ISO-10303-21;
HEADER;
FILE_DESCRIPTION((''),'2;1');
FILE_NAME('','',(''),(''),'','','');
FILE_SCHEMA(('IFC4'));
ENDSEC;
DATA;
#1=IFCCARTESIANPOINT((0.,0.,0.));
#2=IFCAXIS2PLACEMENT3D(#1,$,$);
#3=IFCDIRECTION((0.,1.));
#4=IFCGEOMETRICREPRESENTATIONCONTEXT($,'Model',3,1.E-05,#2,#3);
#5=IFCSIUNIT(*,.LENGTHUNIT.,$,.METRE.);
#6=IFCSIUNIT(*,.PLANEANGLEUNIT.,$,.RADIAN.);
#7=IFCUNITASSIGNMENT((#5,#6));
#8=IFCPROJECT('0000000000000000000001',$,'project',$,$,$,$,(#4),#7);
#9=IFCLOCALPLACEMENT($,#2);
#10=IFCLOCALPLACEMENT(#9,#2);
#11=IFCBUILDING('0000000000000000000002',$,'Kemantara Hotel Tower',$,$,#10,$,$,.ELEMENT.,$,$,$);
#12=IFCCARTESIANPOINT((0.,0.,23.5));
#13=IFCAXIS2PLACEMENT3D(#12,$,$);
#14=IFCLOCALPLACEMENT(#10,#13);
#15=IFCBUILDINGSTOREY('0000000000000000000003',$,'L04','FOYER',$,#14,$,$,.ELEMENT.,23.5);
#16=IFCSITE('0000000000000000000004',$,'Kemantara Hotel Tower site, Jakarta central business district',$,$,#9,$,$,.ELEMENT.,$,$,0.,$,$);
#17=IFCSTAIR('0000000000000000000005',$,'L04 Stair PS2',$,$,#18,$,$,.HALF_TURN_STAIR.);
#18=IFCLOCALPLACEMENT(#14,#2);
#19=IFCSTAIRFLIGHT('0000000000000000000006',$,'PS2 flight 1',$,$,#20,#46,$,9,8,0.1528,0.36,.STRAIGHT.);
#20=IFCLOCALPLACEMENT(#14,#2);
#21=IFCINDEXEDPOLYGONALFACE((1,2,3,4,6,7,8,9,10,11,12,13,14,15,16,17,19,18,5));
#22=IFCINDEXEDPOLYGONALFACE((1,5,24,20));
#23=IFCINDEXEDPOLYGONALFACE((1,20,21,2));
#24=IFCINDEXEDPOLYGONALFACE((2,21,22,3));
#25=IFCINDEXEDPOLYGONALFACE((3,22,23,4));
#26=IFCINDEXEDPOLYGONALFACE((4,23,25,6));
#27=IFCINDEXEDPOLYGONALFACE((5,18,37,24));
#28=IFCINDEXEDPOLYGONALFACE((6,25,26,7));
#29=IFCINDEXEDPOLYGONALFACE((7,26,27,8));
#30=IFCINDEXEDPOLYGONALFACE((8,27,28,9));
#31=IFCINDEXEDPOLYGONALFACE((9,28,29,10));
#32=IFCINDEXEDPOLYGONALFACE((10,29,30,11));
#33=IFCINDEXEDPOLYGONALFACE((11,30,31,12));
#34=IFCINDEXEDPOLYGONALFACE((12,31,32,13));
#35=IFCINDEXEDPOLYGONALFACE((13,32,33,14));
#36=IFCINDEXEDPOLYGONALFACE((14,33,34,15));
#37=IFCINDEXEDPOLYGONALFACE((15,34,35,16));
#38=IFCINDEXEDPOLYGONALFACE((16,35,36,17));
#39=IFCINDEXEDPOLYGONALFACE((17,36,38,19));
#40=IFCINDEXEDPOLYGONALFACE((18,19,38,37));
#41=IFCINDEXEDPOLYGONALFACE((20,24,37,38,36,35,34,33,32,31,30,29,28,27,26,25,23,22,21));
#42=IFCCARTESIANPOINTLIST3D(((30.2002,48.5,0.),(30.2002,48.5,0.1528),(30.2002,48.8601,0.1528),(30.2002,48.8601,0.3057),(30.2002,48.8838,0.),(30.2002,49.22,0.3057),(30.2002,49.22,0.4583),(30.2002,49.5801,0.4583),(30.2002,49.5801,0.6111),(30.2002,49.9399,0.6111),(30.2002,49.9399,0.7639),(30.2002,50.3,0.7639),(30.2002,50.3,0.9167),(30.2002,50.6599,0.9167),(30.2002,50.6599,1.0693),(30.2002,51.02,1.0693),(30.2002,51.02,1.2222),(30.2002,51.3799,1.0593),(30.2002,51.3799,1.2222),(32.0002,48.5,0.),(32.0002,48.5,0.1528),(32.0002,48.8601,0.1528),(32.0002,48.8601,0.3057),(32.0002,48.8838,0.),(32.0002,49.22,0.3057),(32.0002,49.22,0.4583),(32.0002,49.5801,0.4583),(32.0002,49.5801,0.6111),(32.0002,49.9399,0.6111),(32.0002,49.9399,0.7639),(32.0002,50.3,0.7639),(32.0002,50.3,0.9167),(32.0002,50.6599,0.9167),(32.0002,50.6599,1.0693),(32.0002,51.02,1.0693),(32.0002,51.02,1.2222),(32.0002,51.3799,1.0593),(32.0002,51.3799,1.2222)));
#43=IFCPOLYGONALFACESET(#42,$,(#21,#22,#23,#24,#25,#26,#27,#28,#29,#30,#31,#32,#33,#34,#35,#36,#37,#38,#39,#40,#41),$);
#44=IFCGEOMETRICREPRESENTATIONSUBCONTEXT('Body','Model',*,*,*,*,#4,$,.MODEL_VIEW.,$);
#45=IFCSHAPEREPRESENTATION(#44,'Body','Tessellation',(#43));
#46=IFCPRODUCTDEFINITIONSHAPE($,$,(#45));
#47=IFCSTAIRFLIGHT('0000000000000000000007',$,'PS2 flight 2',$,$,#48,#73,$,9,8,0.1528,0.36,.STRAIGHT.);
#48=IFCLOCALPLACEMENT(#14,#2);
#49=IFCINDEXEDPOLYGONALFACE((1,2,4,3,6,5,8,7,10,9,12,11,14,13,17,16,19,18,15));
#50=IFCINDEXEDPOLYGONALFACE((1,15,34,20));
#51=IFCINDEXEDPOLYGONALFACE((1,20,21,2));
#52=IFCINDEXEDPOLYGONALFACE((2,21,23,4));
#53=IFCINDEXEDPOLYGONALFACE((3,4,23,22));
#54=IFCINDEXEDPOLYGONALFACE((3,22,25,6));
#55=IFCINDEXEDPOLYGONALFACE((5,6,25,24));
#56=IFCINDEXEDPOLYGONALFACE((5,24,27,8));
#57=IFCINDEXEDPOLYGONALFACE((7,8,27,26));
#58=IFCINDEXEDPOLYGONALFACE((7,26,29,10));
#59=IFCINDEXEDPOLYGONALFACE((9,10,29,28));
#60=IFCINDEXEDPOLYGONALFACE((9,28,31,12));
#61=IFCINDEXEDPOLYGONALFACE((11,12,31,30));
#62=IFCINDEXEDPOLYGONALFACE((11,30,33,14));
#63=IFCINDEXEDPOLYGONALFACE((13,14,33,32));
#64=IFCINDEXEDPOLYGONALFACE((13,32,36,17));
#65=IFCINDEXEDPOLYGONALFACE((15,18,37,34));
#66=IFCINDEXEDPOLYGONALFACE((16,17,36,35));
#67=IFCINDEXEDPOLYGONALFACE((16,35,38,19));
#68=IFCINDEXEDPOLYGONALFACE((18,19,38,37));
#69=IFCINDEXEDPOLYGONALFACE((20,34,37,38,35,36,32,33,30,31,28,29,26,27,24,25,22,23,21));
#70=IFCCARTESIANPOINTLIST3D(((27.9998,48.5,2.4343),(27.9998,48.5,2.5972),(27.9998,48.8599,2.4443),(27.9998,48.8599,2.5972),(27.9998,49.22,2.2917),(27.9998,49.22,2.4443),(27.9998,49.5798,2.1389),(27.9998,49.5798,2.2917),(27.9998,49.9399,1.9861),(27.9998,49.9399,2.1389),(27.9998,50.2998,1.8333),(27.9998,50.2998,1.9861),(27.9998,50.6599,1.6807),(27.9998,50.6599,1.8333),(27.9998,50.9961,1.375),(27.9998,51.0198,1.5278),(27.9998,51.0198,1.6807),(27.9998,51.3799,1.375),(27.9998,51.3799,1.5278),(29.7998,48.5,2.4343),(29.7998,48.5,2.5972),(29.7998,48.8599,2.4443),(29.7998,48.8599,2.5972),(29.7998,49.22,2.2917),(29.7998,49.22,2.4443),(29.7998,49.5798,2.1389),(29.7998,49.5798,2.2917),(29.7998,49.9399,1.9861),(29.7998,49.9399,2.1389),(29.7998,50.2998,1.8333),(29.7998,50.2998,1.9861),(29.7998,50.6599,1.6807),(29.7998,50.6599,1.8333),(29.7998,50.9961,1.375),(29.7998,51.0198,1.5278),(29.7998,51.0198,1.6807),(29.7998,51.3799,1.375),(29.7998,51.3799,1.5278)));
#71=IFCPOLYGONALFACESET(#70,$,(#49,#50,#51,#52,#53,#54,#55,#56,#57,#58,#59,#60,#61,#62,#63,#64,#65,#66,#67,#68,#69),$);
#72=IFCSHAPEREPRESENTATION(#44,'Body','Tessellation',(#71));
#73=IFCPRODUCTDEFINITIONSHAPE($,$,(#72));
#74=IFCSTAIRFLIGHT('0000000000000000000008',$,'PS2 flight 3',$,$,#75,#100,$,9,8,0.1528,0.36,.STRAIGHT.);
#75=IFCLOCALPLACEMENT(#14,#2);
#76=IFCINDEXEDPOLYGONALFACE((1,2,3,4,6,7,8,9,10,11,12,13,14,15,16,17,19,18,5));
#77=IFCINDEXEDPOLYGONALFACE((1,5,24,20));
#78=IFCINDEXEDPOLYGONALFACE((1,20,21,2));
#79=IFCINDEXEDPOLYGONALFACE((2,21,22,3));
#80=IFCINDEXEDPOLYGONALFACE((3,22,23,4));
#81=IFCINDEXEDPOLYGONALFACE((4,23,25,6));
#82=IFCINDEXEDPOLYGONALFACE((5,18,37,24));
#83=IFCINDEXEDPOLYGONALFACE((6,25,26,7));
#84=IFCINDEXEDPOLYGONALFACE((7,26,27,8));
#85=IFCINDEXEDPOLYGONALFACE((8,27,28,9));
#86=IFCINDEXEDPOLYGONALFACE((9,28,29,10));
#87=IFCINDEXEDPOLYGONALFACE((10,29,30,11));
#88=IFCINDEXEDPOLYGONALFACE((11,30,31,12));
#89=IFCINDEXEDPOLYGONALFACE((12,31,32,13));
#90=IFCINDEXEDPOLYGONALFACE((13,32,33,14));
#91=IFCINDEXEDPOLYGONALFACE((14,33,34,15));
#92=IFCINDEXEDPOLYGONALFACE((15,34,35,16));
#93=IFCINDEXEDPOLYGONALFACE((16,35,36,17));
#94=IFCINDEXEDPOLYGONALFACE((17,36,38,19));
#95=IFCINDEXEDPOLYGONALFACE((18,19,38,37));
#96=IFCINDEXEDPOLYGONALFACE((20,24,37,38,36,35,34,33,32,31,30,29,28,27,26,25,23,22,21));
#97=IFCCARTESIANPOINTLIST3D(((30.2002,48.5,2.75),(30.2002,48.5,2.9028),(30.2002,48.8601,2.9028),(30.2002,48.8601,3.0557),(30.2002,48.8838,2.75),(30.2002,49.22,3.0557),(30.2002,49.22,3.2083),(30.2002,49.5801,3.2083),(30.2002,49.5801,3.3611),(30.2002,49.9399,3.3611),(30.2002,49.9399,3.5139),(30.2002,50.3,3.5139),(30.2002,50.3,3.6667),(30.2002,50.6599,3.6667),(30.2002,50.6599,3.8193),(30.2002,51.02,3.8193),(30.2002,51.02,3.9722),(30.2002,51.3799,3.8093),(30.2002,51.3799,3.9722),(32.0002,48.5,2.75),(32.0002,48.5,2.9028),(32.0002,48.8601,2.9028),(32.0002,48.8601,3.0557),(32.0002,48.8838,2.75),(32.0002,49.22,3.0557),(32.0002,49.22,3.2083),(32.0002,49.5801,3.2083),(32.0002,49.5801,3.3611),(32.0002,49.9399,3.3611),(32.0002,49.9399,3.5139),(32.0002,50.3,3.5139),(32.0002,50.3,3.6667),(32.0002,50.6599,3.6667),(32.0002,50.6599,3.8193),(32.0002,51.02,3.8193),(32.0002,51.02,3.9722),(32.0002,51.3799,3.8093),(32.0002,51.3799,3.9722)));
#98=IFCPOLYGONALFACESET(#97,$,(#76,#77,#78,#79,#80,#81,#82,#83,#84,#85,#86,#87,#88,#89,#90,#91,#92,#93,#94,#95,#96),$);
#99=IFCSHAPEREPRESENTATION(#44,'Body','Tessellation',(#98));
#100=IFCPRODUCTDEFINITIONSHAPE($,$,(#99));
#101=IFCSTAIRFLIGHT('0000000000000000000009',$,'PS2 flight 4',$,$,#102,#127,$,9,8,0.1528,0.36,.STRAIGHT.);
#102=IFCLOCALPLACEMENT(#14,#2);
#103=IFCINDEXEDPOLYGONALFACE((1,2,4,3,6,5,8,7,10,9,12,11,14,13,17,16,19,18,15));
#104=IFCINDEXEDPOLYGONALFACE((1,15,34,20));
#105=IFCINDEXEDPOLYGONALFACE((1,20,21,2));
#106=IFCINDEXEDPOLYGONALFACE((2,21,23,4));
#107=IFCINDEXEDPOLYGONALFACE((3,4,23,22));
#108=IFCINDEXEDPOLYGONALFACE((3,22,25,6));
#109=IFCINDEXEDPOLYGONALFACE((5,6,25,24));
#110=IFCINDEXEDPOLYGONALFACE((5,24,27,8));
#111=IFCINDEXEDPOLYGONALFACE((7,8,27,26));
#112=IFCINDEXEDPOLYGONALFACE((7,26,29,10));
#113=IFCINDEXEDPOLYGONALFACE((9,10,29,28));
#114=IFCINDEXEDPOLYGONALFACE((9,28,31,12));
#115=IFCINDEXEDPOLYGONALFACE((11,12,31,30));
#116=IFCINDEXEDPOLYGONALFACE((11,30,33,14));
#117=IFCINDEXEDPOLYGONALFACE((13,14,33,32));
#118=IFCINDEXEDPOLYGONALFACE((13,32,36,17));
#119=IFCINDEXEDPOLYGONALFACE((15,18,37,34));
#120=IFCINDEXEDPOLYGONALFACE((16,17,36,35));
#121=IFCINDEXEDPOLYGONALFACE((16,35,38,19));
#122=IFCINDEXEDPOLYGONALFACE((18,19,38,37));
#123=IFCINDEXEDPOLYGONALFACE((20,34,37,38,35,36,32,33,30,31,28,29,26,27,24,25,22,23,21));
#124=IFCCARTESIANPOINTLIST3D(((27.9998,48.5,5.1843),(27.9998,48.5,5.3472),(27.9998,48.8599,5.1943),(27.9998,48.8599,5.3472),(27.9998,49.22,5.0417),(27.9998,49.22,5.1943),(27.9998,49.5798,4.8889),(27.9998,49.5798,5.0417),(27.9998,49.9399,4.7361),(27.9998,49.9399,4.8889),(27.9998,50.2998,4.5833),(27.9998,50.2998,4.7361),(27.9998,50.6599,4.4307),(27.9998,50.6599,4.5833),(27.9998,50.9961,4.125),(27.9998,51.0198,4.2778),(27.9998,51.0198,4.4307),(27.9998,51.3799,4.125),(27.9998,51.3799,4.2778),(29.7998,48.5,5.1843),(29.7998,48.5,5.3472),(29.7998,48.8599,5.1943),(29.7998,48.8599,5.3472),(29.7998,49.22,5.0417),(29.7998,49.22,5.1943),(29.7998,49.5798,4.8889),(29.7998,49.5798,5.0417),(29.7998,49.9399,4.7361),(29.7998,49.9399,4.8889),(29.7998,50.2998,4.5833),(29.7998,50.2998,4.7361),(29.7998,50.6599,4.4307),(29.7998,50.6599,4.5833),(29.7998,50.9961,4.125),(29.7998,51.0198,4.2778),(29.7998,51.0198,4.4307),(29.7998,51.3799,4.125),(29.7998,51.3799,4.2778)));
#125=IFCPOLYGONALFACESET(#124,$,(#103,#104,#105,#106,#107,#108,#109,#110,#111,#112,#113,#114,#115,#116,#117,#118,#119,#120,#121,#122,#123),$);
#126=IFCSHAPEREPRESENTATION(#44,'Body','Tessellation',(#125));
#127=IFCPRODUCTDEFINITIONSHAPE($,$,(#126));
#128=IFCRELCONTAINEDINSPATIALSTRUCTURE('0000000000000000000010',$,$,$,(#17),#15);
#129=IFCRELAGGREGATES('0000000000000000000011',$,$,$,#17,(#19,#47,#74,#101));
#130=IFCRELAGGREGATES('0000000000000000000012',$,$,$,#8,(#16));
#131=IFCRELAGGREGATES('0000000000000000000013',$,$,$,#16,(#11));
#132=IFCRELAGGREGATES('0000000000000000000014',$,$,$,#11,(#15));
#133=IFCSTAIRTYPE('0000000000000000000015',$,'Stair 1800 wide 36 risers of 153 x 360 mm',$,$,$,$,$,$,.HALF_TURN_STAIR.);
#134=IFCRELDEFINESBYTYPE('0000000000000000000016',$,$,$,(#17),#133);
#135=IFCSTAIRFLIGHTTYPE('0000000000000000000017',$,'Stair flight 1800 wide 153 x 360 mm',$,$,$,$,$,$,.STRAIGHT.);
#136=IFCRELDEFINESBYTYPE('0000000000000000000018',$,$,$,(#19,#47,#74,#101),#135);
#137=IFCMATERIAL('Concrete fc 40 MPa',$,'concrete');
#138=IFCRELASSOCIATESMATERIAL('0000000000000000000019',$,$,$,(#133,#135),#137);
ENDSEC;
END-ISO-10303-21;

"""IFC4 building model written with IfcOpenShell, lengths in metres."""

from ifc_helpers import new_model, si_unit, direction, frame, origin, place, context, subcontext, project, spatial, polyline, outline, extrude, material, type_object, element, aggregate, save


model = new_model("IFC4")

# Units and contexts
model_context = context("Model", 3, precision=1e-05, world=origin(), true_north=direction((0.0, 1.0)))
body_context = subcontext(model_context, "Body", "Model", "MODEL_VIEW")
ifc_project = project(units=[si_unit("LENGTHUNIT", "METRE"), si_unit("PLANEANGLEUNIT", "RADIAN")], contexts=[model_context])

# Site, building, storey
site_placement = place(None, origin())
site = spatial("IfcSite", under=ifc_project, at=site_placement, Name="Kemantara Hotel Tower site, Jakarta central business district", CompositionType="ELEMENT", RefElevation=0.0)
building_placement = place(site_placement, origin())
building = spatial("IfcBuilding", under=site, at=building_placement, Name="Kemantara Hotel Tower", CompositionType="ELEMENT")
storey_placement = place(building_placement, frame((0.0, 0.0, 23.5)))
storey = spatial("IfcBuildingStorey", under=building, at=storey_placement, Name="L04", Description="FOYER", CompositionType="ELEMENT", Elevation=23.5)

# Shared definitions
ifc_material_1 = material(Name="Concrete fc 40 MPa", Category="concrete")

# Stair, stair flights
stair_type = type_object("IfcStairType", Name="Stair 1800 wide 36 risers of 153 x 360 mm", PredefinedType="HALF_TURN_STAIR", material=ifc_material_1)
stair_placement = place(storey_placement, origin())
stair = element("IfcStair", 1, at=stair_placement, inside=storey, type_object=stair_type, Name="L04 Stair PS2", PredefinedType="HALF_TURN_STAIR")
stair_flight_type = type_object("IfcStairFlightType", Name="Stair flight 1800 wide 153 x 360 mm", PredefinedType="STRAIGHT", material=ifc_material_1)
stair_flight_1_placement = place(storey_placement, frame((31.1001, 48.5, 0.0), z_axis=(0.0, 0.0, 1.0), x_axis=(0.0, 1.0, 0.0)))
stair_flight_1 = element("IfcStairFlight", 2, at=stair_flight_1_placement, type_object=stair_flight_type, Name="PS2 flight 1", NumberOfRisers=9, NumberOfTreads=8, PredefinedType="STRAIGHT", RiserHeight=0.1528, TreadLength=0.36, context=body_context, shape_type="SweptSolid", body=[
    extrude(outline(polyline([(0.0, 0.0), (0.0, 0.1528), (0.3601, 0.1528), (0.3601, 0.3057), (0.72, 0.3057), (0.72, 0.4583), (1.0801, 0.4583), (1.0801, 0.6111), (1.4399, 0.6111), (1.4399, 0.7639), (1.8, 0.7639), (1.8, 0.9167), (2.1599, 0.9167), (2.1599, 1.0693), (2.52, 1.0693), (2.52, 1.2222), (2.8799, 1.2222), (2.8799, 1.375), (2.8799, 1.0593), (0.3838, 0.0), (0.0, 0.0)])), frame((0.0, 0.8999, 0.0), z_axis=(0.0, -1.0, 0.0), x_axis=(1.0, 0.0, 0.0)), (0.0, 0.0, 1.0), 1.8),
])
stair_flight_2_placement = place(storey_placement, frame((28.8999, 51.3799, 1.375), z_axis=(0.0, 0.0, 1.0), x_axis=(0.0, -1.0, 0.0)))
stair_flight_2 = element("IfcStairFlight", 3, at=stair_flight_2_placement, type_object=stair_flight_type, Name="PS2 flight 2", NumberOfRisers=9, NumberOfTreads=8, PredefinedType="STRAIGHT", RiserHeight=0.1528, TreadLength=0.36, context=body_context, shape_type="SweptSolid", body=[
    extrude(outline(polyline([(0.0, 0.0), (0.0, 0.1528), (0.3601, 0.1528), (0.3601, 0.3057), (0.72, 0.3057), (0.72, 0.4583), (1.0801, 0.4583), (1.0801, 0.6111), (1.4399, 0.6111), (1.4399, 0.7639), (1.8, 0.7639), (1.8, 0.9167), (2.1599, 0.9167), (2.1599, 1.0693), (2.52, 1.0693), (2.52, 1.2222), (2.8799, 1.2222), (2.8799, 1.375), (2.8799, 1.0593), (0.3838, 0.0), (0.0, 0.0)])), frame((0.0, 0.8999, 0.0), z_axis=(0.0, -1.0, 0.0), x_axis=(1.0, 0.0, 0.0)), (0.0, 0.0, 1.0), 1.8),
])
stair_flight_3_placement = place(storey_placement, frame((31.1001, 48.5, 2.75), z_axis=(0.0, 0.0, 1.0), x_axis=(0.0, 1.0, 0.0)))
stair_flight_3 = element("IfcStairFlight", 4, at=stair_flight_3_placement, type_object=stair_flight_type, Name="PS2 flight 3", NumberOfRisers=9, NumberOfTreads=8, PredefinedType="STRAIGHT", RiserHeight=0.1528, TreadLength=0.36, context=body_context, shape_type="SweptSolid", body=[
    extrude(outline(polyline([(0.0, 0.0), (0.0, 0.1528), (0.3601, 0.1528), (0.3601, 0.3057), (0.72, 0.3057), (0.72, 0.4583), (1.0801, 0.4583), (1.0801, 0.6111), (1.4399, 0.6111), (1.4399, 0.7639), (1.8, 0.7639), (1.8, 0.9167), (2.1599, 0.9167), (2.1599, 1.0693), (2.52, 1.0693), (2.52, 1.2222), (2.8799, 1.2222), (2.8799, 1.375), (2.8799, 1.0593), (0.3838, 0.0), (0.0, 0.0)])), frame((0.0, 0.8999, 0.0), z_axis=(0.0, -1.0, 0.0), x_axis=(1.0, 0.0, 0.0)), (0.0, 0.0, 1.0), 1.8),
])
stair_flight_4_placement = place(storey_placement, frame((28.8999, 51.3799, 4.125), z_axis=(0.0, 0.0, 1.0), x_axis=(0.0, -1.0, 0.0)))
stair_flight_4 = element("IfcStairFlight", 5, at=stair_flight_4_placement, type_object=stair_flight_type, Name="PS2 flight 4", NumberOfRisers=9, NumberOfTreads=8, PredefinedType="STRAIGHT", RiserHeight=0.1528, TreadLength=0.36, context=body_context, shape_type="SweptSolid", body=[
    extrude(outline(polyline([(0.0, 0.0), (0.0, 0.1528), (0.3601, 0.1528), (0.3601, 0.3057), (0.72, 0.3057), (0.72, 0.4583), (1.0801, 0.4583), (1.0801, 0.6111), (1.4399, 0.6111), (1.4399, 0.7639), (1.8, 0.7639), (1.8, 0.9167), (2.1599, 0.9167), (2.1599, 1.0693), (2.52, 1.0693), (2.52, 1.2222), (2.8799, 1.2222), (2.8799, 1.375), (2.8799, 1.0593), (0.3838, 0.0), (0.0, 0.0)])), frame((0.0, 0.8999, 0.0), z_axis=(0.0, -1.0, 0.0), x_axis=(1.0, 0.0, 0.0)), (0.0, 0.0, 1.0), 1.8),
])
aggregate(stair, [stair_flight_1, stair_flight_2, stair_flight_3, stair_flight_4])

save(model, "model.ifc")
